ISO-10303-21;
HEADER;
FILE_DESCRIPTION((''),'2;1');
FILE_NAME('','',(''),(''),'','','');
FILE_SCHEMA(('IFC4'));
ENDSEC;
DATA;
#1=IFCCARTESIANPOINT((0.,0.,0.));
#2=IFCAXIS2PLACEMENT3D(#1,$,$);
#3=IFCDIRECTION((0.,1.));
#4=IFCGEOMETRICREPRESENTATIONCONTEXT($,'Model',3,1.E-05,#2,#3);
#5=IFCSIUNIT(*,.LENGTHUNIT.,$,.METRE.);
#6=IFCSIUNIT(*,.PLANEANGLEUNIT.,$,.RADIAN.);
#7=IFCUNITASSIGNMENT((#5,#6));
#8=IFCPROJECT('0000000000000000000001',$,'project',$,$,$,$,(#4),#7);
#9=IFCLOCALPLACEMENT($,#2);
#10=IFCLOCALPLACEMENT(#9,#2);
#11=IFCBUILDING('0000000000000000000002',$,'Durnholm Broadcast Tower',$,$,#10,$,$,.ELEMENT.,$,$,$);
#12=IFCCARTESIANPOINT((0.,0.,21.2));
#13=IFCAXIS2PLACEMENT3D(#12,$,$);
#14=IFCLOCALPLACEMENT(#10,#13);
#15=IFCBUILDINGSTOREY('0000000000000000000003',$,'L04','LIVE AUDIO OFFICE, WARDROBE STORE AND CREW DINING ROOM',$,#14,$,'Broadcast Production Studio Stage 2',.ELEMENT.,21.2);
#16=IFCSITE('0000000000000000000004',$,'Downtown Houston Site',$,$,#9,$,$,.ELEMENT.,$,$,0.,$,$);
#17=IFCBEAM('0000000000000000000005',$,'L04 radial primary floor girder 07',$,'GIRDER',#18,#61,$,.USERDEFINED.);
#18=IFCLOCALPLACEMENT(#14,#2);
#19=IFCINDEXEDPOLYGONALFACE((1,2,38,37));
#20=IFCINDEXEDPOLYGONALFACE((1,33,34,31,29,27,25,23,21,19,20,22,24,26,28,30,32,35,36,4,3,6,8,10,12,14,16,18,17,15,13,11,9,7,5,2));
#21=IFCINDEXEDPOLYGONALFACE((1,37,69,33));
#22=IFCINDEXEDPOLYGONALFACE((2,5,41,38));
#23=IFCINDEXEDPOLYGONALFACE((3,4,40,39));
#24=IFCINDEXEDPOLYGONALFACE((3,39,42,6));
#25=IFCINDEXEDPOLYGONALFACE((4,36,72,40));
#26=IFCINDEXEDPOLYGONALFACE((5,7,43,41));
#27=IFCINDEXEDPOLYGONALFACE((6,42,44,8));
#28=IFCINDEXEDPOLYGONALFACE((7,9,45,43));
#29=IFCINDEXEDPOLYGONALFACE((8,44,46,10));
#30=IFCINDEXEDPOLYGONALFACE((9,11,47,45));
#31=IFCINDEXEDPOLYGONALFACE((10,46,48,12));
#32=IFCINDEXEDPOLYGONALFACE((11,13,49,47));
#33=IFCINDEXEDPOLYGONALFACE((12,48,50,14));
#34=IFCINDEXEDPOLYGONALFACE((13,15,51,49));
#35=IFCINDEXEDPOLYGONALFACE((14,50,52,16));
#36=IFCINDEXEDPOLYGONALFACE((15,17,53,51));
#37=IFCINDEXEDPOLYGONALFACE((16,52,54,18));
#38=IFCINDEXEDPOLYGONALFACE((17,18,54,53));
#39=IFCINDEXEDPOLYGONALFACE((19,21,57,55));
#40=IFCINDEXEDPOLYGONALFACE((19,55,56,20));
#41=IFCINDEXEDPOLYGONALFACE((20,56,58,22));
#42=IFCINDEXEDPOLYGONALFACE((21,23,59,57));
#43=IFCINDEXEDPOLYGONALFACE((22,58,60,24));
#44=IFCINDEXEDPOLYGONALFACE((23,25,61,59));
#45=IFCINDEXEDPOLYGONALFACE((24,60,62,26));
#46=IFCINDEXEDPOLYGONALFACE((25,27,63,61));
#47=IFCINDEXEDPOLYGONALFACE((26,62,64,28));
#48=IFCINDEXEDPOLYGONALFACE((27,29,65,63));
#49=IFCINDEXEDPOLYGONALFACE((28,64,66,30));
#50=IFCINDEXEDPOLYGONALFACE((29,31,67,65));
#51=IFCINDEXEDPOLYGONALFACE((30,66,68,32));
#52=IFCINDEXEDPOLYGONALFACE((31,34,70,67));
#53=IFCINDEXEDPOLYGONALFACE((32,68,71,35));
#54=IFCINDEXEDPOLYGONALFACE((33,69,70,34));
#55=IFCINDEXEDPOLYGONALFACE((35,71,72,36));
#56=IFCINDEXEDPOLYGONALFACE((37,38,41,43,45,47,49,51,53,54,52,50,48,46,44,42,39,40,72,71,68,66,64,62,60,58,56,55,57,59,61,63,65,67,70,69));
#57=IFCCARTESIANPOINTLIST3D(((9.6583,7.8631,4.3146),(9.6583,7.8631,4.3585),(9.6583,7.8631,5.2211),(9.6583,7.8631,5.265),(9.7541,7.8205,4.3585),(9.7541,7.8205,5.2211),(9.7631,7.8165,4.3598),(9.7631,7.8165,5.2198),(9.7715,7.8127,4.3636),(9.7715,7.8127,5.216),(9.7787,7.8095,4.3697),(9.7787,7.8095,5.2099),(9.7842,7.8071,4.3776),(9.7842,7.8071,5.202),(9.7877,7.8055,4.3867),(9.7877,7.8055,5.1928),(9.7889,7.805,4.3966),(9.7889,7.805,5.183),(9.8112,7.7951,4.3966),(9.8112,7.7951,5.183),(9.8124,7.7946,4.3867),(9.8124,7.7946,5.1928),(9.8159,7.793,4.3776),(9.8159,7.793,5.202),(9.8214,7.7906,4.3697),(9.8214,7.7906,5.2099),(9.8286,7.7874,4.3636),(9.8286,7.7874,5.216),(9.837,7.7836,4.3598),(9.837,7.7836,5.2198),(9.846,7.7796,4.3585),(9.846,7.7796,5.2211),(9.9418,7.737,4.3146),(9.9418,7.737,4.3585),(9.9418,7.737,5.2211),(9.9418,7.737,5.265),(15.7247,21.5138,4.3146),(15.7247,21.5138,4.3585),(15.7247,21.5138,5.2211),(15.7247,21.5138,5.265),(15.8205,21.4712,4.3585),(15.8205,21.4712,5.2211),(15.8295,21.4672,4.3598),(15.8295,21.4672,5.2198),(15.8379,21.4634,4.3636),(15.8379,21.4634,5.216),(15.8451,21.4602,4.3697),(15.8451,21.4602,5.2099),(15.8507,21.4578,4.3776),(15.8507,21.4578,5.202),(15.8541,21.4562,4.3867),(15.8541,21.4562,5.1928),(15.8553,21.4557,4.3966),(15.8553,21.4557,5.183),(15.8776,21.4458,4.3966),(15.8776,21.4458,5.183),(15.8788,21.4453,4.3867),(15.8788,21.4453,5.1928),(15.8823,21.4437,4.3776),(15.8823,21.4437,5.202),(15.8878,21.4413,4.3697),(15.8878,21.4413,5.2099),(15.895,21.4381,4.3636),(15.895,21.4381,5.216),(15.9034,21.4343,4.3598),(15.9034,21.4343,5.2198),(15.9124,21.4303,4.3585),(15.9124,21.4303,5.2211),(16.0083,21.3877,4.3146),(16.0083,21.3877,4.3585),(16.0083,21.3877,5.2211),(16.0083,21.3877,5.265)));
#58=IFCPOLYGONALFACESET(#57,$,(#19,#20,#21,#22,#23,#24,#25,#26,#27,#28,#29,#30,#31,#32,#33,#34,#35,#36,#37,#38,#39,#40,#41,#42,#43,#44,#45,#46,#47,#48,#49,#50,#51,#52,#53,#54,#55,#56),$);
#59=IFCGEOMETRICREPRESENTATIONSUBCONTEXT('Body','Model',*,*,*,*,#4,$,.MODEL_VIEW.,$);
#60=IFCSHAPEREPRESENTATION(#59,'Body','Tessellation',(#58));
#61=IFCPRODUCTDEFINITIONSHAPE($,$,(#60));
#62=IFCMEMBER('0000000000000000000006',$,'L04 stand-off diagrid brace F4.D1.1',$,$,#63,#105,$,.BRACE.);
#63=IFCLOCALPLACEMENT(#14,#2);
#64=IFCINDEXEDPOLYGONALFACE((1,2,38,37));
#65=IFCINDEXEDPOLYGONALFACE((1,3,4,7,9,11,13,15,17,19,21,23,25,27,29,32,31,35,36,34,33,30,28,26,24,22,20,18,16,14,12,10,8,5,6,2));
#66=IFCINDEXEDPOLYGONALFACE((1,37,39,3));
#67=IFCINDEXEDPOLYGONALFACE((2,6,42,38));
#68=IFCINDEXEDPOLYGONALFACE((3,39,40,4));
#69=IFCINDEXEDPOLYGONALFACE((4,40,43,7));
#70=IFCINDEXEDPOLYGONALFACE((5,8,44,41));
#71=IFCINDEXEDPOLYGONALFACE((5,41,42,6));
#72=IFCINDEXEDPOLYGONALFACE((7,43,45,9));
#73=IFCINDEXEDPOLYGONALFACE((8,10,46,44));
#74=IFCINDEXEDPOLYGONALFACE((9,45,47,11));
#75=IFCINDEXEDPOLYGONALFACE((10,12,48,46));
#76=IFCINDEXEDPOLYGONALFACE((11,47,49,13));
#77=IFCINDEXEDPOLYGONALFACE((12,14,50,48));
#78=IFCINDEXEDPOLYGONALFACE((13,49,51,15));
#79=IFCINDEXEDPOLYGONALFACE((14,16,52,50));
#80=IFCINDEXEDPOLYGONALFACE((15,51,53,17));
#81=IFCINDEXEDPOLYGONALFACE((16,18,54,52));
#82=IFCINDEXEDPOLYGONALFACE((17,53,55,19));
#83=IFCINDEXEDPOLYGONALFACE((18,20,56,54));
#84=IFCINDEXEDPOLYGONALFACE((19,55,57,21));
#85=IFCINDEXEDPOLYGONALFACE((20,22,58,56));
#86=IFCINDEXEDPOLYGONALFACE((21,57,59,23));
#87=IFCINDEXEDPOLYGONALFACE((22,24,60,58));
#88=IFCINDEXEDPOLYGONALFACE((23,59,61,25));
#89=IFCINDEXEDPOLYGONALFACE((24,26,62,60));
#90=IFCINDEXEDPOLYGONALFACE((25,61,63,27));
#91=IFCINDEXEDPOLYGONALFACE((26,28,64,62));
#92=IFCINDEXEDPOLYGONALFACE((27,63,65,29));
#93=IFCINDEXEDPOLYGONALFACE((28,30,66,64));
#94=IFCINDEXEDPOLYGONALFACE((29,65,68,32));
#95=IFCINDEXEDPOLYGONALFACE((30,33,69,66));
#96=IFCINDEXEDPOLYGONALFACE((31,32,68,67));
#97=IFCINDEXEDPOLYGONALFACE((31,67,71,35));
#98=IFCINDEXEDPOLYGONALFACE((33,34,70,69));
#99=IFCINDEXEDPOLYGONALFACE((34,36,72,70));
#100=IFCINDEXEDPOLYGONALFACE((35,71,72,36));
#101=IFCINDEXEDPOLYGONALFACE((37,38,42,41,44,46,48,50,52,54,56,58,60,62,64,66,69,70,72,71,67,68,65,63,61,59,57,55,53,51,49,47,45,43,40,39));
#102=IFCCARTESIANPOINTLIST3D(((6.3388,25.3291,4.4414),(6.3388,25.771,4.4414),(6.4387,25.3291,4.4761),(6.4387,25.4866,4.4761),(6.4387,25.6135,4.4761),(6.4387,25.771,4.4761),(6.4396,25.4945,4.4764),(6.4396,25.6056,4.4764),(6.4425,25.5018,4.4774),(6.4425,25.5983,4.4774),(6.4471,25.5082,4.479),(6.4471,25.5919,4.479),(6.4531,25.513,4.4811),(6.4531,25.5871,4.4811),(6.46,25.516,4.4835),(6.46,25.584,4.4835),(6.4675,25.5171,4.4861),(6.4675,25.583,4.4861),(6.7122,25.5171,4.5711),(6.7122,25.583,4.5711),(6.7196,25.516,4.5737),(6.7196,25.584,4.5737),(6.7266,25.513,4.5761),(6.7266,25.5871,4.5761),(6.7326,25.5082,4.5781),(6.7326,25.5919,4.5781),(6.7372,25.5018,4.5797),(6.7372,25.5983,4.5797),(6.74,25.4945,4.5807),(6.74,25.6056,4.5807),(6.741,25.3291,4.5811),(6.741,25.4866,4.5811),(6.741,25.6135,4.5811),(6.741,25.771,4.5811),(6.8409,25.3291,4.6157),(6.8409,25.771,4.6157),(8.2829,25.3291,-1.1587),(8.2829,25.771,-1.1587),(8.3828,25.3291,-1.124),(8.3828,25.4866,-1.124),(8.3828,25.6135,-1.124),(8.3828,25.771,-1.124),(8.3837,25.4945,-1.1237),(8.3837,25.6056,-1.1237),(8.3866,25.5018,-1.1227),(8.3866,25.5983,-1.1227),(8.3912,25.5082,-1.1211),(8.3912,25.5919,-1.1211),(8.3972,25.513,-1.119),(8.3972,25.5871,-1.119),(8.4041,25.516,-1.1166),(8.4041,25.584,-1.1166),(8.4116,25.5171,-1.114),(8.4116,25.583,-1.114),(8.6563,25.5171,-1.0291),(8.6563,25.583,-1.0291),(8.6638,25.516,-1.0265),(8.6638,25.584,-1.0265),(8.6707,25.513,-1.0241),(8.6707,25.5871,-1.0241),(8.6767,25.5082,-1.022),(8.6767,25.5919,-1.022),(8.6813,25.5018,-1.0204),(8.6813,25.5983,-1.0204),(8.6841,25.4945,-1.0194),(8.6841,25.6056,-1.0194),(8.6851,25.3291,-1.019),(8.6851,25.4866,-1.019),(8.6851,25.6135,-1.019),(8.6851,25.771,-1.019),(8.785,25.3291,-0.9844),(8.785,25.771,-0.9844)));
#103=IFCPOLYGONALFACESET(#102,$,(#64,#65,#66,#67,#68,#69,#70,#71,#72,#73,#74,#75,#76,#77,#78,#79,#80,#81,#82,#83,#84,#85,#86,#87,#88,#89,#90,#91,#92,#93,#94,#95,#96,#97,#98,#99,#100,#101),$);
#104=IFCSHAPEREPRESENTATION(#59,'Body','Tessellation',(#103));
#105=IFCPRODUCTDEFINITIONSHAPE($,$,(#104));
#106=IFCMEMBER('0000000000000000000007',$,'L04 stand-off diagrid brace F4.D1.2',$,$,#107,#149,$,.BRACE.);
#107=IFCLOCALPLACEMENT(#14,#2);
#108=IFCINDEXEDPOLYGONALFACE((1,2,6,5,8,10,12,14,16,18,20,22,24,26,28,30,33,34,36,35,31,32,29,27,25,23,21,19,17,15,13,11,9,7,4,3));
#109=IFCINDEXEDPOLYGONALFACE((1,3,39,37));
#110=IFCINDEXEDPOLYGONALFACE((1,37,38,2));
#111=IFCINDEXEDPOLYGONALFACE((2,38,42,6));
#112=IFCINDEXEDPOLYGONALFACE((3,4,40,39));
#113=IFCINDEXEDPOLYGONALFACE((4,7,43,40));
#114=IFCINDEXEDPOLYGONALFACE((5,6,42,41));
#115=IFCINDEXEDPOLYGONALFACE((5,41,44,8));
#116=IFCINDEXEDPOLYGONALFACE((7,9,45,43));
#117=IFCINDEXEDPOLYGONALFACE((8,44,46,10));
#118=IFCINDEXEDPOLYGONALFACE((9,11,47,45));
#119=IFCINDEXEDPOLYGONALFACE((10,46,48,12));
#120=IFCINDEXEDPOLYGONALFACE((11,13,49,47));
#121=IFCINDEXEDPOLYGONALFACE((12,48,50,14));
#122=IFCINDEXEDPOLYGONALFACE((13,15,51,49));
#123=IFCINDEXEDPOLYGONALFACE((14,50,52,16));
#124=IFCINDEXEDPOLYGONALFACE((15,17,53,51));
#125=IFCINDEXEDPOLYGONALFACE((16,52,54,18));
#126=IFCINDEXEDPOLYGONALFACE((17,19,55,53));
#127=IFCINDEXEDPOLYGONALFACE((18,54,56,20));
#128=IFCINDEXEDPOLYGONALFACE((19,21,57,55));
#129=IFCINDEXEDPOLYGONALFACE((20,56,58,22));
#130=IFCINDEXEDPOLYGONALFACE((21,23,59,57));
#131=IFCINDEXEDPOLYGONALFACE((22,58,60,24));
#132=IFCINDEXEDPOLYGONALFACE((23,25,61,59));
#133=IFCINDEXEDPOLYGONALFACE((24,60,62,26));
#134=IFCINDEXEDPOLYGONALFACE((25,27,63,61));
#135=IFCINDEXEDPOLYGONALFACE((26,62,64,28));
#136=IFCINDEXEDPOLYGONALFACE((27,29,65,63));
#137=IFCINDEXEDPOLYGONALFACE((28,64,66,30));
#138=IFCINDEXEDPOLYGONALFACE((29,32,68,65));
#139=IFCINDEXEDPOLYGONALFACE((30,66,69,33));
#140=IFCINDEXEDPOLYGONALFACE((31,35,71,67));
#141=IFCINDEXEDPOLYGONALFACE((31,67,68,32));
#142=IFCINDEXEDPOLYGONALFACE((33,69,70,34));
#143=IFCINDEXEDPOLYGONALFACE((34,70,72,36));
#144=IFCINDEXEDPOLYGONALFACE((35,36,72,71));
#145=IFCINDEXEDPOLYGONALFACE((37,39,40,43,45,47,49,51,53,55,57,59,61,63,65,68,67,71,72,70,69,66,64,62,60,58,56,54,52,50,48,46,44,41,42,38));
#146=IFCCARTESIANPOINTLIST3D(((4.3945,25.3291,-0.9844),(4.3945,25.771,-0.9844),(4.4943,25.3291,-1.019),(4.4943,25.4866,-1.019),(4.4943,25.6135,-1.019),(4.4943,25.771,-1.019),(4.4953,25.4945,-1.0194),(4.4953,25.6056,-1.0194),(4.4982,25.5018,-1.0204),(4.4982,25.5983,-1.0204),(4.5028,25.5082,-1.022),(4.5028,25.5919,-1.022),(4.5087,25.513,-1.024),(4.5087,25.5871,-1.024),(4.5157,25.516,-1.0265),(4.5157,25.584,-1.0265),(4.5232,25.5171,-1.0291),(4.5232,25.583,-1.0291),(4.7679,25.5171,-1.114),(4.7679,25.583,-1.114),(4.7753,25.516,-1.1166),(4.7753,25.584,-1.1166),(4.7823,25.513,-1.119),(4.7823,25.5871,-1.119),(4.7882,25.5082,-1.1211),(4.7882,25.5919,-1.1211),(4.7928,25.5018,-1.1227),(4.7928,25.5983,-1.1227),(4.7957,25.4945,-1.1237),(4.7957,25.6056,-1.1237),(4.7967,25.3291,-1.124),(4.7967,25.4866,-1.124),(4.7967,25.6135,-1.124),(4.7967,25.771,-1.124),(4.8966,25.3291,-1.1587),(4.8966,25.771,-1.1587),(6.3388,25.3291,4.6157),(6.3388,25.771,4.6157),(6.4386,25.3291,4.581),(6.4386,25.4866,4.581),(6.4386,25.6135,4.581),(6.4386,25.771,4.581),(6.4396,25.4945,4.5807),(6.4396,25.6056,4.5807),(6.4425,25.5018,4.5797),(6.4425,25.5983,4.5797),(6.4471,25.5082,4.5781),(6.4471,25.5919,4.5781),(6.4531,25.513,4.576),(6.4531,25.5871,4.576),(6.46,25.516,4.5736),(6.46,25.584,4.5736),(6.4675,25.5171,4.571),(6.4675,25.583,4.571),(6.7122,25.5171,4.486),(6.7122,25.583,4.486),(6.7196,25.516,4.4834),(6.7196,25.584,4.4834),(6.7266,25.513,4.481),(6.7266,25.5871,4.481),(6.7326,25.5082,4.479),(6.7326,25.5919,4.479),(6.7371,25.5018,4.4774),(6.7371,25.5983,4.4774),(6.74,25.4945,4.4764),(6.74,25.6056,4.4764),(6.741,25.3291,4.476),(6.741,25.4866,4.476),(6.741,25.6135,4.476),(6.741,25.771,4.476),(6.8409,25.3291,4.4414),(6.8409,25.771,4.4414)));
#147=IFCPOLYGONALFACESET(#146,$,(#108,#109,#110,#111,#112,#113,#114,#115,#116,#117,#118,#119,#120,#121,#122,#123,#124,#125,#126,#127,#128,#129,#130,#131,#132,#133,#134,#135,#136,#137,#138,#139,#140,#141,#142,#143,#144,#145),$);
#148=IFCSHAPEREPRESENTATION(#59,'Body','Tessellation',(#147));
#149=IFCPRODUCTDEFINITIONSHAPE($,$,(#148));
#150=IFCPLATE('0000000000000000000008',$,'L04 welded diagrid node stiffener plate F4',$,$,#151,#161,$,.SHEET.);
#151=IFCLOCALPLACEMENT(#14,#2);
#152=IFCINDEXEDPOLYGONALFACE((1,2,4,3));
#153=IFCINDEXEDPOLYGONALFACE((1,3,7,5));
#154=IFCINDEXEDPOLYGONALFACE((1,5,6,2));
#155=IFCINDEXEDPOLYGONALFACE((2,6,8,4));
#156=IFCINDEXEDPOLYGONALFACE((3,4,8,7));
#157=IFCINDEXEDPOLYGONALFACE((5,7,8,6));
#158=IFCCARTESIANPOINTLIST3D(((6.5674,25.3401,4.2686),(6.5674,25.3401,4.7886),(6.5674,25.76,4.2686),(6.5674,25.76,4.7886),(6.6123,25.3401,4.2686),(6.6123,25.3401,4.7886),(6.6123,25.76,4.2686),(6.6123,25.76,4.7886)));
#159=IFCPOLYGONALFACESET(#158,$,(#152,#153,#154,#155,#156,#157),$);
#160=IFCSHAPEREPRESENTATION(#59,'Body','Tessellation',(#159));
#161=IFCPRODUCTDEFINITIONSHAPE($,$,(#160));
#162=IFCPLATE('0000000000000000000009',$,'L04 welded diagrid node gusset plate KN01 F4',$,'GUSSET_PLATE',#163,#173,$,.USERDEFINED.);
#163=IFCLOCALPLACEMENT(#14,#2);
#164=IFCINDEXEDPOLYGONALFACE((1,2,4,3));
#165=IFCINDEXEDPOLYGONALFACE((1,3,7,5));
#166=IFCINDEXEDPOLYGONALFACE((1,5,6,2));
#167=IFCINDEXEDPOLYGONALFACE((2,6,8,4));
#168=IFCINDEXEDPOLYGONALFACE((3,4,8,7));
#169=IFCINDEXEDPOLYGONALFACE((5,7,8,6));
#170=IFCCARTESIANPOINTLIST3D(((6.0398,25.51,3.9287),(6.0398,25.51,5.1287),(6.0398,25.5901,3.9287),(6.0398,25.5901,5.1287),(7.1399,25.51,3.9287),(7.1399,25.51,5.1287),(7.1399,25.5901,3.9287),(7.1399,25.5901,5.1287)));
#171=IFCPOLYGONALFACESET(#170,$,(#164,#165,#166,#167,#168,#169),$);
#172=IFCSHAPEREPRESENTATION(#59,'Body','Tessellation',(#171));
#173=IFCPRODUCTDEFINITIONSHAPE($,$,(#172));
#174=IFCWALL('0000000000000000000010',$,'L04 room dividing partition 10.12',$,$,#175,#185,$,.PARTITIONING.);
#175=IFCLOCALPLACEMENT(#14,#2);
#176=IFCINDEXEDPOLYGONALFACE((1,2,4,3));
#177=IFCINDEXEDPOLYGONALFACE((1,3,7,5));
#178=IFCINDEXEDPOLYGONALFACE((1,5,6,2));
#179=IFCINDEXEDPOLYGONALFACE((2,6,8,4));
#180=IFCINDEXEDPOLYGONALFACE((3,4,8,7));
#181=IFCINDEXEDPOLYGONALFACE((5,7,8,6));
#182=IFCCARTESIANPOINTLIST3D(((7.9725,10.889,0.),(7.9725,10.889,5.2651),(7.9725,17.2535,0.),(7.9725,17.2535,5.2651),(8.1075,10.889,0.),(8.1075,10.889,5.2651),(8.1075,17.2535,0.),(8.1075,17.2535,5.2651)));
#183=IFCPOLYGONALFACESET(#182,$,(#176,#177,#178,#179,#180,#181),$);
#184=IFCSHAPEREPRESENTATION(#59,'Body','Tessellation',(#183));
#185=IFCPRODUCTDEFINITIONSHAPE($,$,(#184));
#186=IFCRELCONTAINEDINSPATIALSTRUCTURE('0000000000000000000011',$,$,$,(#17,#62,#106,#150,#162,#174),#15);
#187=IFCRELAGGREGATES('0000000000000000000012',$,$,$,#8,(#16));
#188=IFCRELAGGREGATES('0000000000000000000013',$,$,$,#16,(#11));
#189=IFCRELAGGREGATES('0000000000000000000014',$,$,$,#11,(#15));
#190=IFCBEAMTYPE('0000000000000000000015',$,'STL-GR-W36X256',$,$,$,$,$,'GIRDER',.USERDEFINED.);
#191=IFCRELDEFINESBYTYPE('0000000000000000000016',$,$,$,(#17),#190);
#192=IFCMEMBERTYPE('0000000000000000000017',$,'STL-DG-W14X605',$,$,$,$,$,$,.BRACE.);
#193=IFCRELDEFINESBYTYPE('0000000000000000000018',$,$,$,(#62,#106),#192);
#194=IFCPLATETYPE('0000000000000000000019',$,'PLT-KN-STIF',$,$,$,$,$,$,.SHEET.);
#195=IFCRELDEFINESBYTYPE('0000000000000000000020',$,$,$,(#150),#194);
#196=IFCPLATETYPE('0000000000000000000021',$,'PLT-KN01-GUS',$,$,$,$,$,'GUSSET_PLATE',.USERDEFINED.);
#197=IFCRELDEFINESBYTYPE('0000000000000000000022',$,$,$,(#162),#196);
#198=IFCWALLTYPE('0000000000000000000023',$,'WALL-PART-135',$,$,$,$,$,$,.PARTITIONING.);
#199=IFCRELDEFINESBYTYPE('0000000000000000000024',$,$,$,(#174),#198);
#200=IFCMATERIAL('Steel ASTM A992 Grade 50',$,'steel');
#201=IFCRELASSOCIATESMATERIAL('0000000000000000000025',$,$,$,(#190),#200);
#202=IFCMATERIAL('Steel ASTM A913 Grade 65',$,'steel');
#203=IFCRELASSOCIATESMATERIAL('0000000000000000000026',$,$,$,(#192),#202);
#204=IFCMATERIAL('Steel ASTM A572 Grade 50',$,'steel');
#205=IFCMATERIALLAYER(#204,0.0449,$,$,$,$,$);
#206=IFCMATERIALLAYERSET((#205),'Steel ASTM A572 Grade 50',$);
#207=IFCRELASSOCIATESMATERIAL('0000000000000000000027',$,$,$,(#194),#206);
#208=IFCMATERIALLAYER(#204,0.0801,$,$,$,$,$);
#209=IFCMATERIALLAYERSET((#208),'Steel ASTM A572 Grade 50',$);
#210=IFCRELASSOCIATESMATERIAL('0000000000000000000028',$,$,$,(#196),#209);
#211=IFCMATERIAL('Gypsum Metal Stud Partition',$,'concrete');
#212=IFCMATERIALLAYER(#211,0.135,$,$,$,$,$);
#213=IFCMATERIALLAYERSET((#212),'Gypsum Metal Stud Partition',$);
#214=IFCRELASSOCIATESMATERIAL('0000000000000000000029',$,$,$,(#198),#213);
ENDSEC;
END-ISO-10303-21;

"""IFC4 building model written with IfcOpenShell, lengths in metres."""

from ifc_helpers import new_model, si_unit, direction, frame, frame_2d, origin, origin_2d, place, context, subcontext, project, spatial, rectangle, i_section, extrude, source, transform, mapped, material, layer, layer_set, material_profile, profile_set, type_object, type_shapes, element, save


model = new_model("IFC4")

# Units and contexts
model_context = context("Model", 3, precision=1e-05, world=origin(), true_north=direction((0.0, 1.0)))
body_context = subcontext(model_context, "Body", "Model", "MODEL_VIEW")
ifc_project = project(units=[si_unit("LENGTHUNIT", "METRE"), si_unit("PLANEANGLEUNIT", "RADIAN")], contexts=[model_context])

# Site, building, storey
site_placement = place(None, origin())
site = spatial("IfcSite", under=ifc_project, at=site_placement, Name="Downtown Houston Site", CompositionType="ELEMENT", RefElevation=0.0)
building_placement = place(site_placement, origin())
building = spatial("IfcBuilding", under=site, at=building_placement, Name="Durnholm Broadcast Tower", CompositionType="ELEMENT")
storey_placement = place(building_placement, frame((0.0, 0.0, 21.2)))
storey = spatial("IfcBuildingStorey", under=building, at=storey_placement, Name="L04", Description="LIVE AUDIO OFFICE, WARDROBE STORE AND CREW DINING ROOM", LongName="Broadcast Production Studio Stage 2", CompositionType="ELEMENT", Elevation=21.2)

# Beam
ifc_material_1 = material(Name="Steel ASTM A992 Grade 50", Category="steel")
ifc_material_profile_1 = material_profile(ifc_material_1, i_section(OverallWidth=0.3103, OverallDepth=0.9504, WebThickness=0.0244, FlangeThickness=0.0439, FilletRadius=0.0381, at=origin_2d()), Name="W36X256")
ifc_profile_set_1 = profile_set([ifc_material_profile_1], Name="Steel ASTM A992 Grade 50")
beam_type_1 = type_object("IfcBeamType", Name="STL-GR-W36X256", ElementType="GIRDER", PredefinedType="USERDEFINED", material=ifc_profile_set_1)
shared_shape_1 = source(origin(), body_context, "Body", "SweptSolid", [
    extrude(i_section(OverallWidth=0.3103, OverallDepth=0.9504, WebThickness=0.0244, FlangeThickness=0.0439, FilletRadius=0.0381, at=origin_2d()), origin(), (0.0, 0.0, 1.0), 14.938),
])
beam_1_placement = place(storey_placement, frame((9.8, 7.8, 4.7898), z_axis=(0.406108, 0.913825, 0.0), x_axis=(-0.913825, 0.406108, 0.0)))
element("IfcBeam", 1, at=beam_1_placement, inside=storey, type_object=beam_type_1, Name="L04 radial primary floor girder 07", ObjectType="GIRDER", PredefinedType="USERDEFINED", context=body_context, shape_type="MappedRepresentation", body=[
    mapped(shared_shape_1, transform((0.0, 0.0, 0.0), x_axis=(1.0, 0.0, 0.0), y_axis=(0.0, 1.0, 0.0), z_axis=(0.0, 0.0, 1.0), scale=1.0)),
])

# Members
ifc_material_2 = material(Name="Steel ASTM A913 Grade 65", Category="steel")
ifc_material_profile_2 = material_profile(ifc_material_2, i_section(OverallWidth=0.4419, OverallDepth=0.5315, WebThickness=0.0659, FlangeThickness=0.1057, FilletRadius=0.0305, at=origin_2d()), Name="W14X605")
ifc_profile_set_2 = profile_set([ifc_material_profile_2], Name="Steel ASTM A913 Grade 65")
member_type = type_object("IfcMemberType", Name="STL-DG-W14X605", PredefinedType="BRACE", material=ifc_profile_set_2)
shared_shape_2 = source(origin(), body_context, "Body", "SweptSolid", [
    extrude(i_section(OverallWidth=0.4419, OverallDepth=0.5315, WebThickness=0.0659, FlangeThickness=0.1057, FilletRadius=0.0305, at=origin_2d()), origin(), (0.0, 0.0, 1.0), 5.928),
])
type_shapes(member_type, [shared_shape_2])
for number, where, z_axis, x_axis, name in (
    (2, (8.5339, 25.55, -1.0715), (-0.327953, 0.0, 0.944694), (0.0, -1.0, 0.0), "L04 stand-off diagrid brace F4.D1.1"),
    (3, (4.6455, 25.55, -1.0715), (0.32799, 0.0, 0.944681), (0.0, 1.0, 0.0), "L04 stand-off diagrid brace F4.D1.2"),
):
    element("IfcMember", number, at=place(storey_placement, frame(where, z_axis=z_axis, x_axis=x_axis)), inside=storey, type_object=member_type, Name=name, PredefinedType="BRACE", context=body_context, shape_type="MappedRepresentation", body=[
        mapped(shared_shape_2, transform((0.0, 0.0, 0.0), x_axis=(1.0, 0.0, 0.0), y_axis=(0.0, 1.0, 0.0), z_axis=(0.0, 0.0, 1.0), scale=1.0)),
    ])

# Plates
ifc_material_3 = material(Name="Steel ASTM A572 Grade 50", Category="steel")
ifc_layer_1 = layer(ifc_material_3, 0.0449)
ifc_layer_set_1 = layer_set([ifc_layer_1], Name="Steel ASTM A572 Grade 50")
plate_type_1 = type_object("IfcPlateType", Name="PLT-KN-STIF", PredefinedType="SHEET", material=ifc_layer_set_1)
shared_shape_3 = source(origin(), body_context, "Body", "SweptSolid", [
    extrude(rectangle(XDim=0.0449, YDim=0.4199, at=origin_2d()), origin(), (0.0, 0.0, 1.0), 0.52),
])
type_shapes(plate_type_1, [shared_shape_3])
plate_1_placement = place(storey_placement, frame((6.5898, 25.55, 4.2686), z_axis=(0.0, 0.0, 1.0), x_axis=(-1.0, 0.0, 0.0)))
element("IfcPlate", 4, at=plate_1_placement, inside=storey, type_object=plate_type_1, Name="L04 welded diagrid node stiffener plate F4", PredefinedType="SHEET", context=body_context, shape_type="MappedRepresentation", body=[
    mapped(shared_shape_3, transform((0.0, 0.0, 0.0), x_axis=(1.0, 0.0, 0.0), y_axis=(0.0, 1.0, 0.0), z_axis=(0.0, 0.0, 1.0), scale=1.0)),
])
ifc_layer_2 = layer(ifc_material_3, 0.0801)
ifc_layer_set_2 = layer_set([ifc_layer_2], Name="Steel ASTM A572 Grade 50")
plate_type_2 = type_object("IfcPlateType", Name="PLT-KN01-GUS", ElementType="GUSSET_PLATE", PredefinedType="USERDEFINED", material=ifc_layer_set_2)
shared_shape_4 = source(origin(), body_context, "Body", "SweptSolid", [
    extrude(rectangle(XDim=1.1001, YDim=0.0801, at=origin_2d()), origin(), (0.0, 0.0, 1.0), 1.2),
])
type_shapes(plate_type_2, [shared_shape_4])
plate_2_placement = place(storey_placement, frame((6.5898, 25.55, 3.9287), z_axis=(0.0, 0.0, 1.0), x_axis=(-1.0, 0.0, 0.0)))
element("IfcPlate", 5, at=plate_2_placement, inside=storey, type_object=plate_type_2, Name="L04 welded diagrid node gusset plate KN01 F4", ObjectType="GUSSET_PLATE", PredefinedType="USERDEFINED", context=body_context, shape_type="MappedRepresentation", body=[
    mapped(shared_shape_4, transform((0.0, 0.0, 0.0), x_axis=(1.0, 0.0, 0.0), y_axis=(0.0, 1.0, 0.0), z_axis=(0.0, 0.0, 1.0), scale=1.0)),
])

# Wall
ifc_material_4 = material(Name="Gypsum Metal Stud Partition", Category="concrete")
ifc_layer_3 = layer(ifc_material_4, 0.135)
ifc_layer_set_3 = layer_set([ifc_layer_3], Name="Gypsum Metal Stud Partition")
wall_type_1 = type_object("IfcWallType", Name="WALL-PART-135", PredefinedType="PARTITIONING", material=ifc_layer_set_3)
wall_1_placement = place(storey_placement, frame((8.04, 17.2534, 0.0), z_axis=(0.0, 0.0, 1.0), x_axis=(0.0, -1.0, 0.0)))
element("IfcWall", 6, at=wall_1_placement, inside=storey, type_object=wall_type_1, Name="L04 room dividing partition 10.12", PredefinedType="PARTITIONING", context=body_context, shape_type="SweptSolid", body=[
    extrude(rectangle(XDim=6.3645, YDim=0.135, at=frame_2d((3.1821, 0.0))), origin(), (0.0, 0.0, 1.0), 5.2651),
])

save(model, "model.ifc")
